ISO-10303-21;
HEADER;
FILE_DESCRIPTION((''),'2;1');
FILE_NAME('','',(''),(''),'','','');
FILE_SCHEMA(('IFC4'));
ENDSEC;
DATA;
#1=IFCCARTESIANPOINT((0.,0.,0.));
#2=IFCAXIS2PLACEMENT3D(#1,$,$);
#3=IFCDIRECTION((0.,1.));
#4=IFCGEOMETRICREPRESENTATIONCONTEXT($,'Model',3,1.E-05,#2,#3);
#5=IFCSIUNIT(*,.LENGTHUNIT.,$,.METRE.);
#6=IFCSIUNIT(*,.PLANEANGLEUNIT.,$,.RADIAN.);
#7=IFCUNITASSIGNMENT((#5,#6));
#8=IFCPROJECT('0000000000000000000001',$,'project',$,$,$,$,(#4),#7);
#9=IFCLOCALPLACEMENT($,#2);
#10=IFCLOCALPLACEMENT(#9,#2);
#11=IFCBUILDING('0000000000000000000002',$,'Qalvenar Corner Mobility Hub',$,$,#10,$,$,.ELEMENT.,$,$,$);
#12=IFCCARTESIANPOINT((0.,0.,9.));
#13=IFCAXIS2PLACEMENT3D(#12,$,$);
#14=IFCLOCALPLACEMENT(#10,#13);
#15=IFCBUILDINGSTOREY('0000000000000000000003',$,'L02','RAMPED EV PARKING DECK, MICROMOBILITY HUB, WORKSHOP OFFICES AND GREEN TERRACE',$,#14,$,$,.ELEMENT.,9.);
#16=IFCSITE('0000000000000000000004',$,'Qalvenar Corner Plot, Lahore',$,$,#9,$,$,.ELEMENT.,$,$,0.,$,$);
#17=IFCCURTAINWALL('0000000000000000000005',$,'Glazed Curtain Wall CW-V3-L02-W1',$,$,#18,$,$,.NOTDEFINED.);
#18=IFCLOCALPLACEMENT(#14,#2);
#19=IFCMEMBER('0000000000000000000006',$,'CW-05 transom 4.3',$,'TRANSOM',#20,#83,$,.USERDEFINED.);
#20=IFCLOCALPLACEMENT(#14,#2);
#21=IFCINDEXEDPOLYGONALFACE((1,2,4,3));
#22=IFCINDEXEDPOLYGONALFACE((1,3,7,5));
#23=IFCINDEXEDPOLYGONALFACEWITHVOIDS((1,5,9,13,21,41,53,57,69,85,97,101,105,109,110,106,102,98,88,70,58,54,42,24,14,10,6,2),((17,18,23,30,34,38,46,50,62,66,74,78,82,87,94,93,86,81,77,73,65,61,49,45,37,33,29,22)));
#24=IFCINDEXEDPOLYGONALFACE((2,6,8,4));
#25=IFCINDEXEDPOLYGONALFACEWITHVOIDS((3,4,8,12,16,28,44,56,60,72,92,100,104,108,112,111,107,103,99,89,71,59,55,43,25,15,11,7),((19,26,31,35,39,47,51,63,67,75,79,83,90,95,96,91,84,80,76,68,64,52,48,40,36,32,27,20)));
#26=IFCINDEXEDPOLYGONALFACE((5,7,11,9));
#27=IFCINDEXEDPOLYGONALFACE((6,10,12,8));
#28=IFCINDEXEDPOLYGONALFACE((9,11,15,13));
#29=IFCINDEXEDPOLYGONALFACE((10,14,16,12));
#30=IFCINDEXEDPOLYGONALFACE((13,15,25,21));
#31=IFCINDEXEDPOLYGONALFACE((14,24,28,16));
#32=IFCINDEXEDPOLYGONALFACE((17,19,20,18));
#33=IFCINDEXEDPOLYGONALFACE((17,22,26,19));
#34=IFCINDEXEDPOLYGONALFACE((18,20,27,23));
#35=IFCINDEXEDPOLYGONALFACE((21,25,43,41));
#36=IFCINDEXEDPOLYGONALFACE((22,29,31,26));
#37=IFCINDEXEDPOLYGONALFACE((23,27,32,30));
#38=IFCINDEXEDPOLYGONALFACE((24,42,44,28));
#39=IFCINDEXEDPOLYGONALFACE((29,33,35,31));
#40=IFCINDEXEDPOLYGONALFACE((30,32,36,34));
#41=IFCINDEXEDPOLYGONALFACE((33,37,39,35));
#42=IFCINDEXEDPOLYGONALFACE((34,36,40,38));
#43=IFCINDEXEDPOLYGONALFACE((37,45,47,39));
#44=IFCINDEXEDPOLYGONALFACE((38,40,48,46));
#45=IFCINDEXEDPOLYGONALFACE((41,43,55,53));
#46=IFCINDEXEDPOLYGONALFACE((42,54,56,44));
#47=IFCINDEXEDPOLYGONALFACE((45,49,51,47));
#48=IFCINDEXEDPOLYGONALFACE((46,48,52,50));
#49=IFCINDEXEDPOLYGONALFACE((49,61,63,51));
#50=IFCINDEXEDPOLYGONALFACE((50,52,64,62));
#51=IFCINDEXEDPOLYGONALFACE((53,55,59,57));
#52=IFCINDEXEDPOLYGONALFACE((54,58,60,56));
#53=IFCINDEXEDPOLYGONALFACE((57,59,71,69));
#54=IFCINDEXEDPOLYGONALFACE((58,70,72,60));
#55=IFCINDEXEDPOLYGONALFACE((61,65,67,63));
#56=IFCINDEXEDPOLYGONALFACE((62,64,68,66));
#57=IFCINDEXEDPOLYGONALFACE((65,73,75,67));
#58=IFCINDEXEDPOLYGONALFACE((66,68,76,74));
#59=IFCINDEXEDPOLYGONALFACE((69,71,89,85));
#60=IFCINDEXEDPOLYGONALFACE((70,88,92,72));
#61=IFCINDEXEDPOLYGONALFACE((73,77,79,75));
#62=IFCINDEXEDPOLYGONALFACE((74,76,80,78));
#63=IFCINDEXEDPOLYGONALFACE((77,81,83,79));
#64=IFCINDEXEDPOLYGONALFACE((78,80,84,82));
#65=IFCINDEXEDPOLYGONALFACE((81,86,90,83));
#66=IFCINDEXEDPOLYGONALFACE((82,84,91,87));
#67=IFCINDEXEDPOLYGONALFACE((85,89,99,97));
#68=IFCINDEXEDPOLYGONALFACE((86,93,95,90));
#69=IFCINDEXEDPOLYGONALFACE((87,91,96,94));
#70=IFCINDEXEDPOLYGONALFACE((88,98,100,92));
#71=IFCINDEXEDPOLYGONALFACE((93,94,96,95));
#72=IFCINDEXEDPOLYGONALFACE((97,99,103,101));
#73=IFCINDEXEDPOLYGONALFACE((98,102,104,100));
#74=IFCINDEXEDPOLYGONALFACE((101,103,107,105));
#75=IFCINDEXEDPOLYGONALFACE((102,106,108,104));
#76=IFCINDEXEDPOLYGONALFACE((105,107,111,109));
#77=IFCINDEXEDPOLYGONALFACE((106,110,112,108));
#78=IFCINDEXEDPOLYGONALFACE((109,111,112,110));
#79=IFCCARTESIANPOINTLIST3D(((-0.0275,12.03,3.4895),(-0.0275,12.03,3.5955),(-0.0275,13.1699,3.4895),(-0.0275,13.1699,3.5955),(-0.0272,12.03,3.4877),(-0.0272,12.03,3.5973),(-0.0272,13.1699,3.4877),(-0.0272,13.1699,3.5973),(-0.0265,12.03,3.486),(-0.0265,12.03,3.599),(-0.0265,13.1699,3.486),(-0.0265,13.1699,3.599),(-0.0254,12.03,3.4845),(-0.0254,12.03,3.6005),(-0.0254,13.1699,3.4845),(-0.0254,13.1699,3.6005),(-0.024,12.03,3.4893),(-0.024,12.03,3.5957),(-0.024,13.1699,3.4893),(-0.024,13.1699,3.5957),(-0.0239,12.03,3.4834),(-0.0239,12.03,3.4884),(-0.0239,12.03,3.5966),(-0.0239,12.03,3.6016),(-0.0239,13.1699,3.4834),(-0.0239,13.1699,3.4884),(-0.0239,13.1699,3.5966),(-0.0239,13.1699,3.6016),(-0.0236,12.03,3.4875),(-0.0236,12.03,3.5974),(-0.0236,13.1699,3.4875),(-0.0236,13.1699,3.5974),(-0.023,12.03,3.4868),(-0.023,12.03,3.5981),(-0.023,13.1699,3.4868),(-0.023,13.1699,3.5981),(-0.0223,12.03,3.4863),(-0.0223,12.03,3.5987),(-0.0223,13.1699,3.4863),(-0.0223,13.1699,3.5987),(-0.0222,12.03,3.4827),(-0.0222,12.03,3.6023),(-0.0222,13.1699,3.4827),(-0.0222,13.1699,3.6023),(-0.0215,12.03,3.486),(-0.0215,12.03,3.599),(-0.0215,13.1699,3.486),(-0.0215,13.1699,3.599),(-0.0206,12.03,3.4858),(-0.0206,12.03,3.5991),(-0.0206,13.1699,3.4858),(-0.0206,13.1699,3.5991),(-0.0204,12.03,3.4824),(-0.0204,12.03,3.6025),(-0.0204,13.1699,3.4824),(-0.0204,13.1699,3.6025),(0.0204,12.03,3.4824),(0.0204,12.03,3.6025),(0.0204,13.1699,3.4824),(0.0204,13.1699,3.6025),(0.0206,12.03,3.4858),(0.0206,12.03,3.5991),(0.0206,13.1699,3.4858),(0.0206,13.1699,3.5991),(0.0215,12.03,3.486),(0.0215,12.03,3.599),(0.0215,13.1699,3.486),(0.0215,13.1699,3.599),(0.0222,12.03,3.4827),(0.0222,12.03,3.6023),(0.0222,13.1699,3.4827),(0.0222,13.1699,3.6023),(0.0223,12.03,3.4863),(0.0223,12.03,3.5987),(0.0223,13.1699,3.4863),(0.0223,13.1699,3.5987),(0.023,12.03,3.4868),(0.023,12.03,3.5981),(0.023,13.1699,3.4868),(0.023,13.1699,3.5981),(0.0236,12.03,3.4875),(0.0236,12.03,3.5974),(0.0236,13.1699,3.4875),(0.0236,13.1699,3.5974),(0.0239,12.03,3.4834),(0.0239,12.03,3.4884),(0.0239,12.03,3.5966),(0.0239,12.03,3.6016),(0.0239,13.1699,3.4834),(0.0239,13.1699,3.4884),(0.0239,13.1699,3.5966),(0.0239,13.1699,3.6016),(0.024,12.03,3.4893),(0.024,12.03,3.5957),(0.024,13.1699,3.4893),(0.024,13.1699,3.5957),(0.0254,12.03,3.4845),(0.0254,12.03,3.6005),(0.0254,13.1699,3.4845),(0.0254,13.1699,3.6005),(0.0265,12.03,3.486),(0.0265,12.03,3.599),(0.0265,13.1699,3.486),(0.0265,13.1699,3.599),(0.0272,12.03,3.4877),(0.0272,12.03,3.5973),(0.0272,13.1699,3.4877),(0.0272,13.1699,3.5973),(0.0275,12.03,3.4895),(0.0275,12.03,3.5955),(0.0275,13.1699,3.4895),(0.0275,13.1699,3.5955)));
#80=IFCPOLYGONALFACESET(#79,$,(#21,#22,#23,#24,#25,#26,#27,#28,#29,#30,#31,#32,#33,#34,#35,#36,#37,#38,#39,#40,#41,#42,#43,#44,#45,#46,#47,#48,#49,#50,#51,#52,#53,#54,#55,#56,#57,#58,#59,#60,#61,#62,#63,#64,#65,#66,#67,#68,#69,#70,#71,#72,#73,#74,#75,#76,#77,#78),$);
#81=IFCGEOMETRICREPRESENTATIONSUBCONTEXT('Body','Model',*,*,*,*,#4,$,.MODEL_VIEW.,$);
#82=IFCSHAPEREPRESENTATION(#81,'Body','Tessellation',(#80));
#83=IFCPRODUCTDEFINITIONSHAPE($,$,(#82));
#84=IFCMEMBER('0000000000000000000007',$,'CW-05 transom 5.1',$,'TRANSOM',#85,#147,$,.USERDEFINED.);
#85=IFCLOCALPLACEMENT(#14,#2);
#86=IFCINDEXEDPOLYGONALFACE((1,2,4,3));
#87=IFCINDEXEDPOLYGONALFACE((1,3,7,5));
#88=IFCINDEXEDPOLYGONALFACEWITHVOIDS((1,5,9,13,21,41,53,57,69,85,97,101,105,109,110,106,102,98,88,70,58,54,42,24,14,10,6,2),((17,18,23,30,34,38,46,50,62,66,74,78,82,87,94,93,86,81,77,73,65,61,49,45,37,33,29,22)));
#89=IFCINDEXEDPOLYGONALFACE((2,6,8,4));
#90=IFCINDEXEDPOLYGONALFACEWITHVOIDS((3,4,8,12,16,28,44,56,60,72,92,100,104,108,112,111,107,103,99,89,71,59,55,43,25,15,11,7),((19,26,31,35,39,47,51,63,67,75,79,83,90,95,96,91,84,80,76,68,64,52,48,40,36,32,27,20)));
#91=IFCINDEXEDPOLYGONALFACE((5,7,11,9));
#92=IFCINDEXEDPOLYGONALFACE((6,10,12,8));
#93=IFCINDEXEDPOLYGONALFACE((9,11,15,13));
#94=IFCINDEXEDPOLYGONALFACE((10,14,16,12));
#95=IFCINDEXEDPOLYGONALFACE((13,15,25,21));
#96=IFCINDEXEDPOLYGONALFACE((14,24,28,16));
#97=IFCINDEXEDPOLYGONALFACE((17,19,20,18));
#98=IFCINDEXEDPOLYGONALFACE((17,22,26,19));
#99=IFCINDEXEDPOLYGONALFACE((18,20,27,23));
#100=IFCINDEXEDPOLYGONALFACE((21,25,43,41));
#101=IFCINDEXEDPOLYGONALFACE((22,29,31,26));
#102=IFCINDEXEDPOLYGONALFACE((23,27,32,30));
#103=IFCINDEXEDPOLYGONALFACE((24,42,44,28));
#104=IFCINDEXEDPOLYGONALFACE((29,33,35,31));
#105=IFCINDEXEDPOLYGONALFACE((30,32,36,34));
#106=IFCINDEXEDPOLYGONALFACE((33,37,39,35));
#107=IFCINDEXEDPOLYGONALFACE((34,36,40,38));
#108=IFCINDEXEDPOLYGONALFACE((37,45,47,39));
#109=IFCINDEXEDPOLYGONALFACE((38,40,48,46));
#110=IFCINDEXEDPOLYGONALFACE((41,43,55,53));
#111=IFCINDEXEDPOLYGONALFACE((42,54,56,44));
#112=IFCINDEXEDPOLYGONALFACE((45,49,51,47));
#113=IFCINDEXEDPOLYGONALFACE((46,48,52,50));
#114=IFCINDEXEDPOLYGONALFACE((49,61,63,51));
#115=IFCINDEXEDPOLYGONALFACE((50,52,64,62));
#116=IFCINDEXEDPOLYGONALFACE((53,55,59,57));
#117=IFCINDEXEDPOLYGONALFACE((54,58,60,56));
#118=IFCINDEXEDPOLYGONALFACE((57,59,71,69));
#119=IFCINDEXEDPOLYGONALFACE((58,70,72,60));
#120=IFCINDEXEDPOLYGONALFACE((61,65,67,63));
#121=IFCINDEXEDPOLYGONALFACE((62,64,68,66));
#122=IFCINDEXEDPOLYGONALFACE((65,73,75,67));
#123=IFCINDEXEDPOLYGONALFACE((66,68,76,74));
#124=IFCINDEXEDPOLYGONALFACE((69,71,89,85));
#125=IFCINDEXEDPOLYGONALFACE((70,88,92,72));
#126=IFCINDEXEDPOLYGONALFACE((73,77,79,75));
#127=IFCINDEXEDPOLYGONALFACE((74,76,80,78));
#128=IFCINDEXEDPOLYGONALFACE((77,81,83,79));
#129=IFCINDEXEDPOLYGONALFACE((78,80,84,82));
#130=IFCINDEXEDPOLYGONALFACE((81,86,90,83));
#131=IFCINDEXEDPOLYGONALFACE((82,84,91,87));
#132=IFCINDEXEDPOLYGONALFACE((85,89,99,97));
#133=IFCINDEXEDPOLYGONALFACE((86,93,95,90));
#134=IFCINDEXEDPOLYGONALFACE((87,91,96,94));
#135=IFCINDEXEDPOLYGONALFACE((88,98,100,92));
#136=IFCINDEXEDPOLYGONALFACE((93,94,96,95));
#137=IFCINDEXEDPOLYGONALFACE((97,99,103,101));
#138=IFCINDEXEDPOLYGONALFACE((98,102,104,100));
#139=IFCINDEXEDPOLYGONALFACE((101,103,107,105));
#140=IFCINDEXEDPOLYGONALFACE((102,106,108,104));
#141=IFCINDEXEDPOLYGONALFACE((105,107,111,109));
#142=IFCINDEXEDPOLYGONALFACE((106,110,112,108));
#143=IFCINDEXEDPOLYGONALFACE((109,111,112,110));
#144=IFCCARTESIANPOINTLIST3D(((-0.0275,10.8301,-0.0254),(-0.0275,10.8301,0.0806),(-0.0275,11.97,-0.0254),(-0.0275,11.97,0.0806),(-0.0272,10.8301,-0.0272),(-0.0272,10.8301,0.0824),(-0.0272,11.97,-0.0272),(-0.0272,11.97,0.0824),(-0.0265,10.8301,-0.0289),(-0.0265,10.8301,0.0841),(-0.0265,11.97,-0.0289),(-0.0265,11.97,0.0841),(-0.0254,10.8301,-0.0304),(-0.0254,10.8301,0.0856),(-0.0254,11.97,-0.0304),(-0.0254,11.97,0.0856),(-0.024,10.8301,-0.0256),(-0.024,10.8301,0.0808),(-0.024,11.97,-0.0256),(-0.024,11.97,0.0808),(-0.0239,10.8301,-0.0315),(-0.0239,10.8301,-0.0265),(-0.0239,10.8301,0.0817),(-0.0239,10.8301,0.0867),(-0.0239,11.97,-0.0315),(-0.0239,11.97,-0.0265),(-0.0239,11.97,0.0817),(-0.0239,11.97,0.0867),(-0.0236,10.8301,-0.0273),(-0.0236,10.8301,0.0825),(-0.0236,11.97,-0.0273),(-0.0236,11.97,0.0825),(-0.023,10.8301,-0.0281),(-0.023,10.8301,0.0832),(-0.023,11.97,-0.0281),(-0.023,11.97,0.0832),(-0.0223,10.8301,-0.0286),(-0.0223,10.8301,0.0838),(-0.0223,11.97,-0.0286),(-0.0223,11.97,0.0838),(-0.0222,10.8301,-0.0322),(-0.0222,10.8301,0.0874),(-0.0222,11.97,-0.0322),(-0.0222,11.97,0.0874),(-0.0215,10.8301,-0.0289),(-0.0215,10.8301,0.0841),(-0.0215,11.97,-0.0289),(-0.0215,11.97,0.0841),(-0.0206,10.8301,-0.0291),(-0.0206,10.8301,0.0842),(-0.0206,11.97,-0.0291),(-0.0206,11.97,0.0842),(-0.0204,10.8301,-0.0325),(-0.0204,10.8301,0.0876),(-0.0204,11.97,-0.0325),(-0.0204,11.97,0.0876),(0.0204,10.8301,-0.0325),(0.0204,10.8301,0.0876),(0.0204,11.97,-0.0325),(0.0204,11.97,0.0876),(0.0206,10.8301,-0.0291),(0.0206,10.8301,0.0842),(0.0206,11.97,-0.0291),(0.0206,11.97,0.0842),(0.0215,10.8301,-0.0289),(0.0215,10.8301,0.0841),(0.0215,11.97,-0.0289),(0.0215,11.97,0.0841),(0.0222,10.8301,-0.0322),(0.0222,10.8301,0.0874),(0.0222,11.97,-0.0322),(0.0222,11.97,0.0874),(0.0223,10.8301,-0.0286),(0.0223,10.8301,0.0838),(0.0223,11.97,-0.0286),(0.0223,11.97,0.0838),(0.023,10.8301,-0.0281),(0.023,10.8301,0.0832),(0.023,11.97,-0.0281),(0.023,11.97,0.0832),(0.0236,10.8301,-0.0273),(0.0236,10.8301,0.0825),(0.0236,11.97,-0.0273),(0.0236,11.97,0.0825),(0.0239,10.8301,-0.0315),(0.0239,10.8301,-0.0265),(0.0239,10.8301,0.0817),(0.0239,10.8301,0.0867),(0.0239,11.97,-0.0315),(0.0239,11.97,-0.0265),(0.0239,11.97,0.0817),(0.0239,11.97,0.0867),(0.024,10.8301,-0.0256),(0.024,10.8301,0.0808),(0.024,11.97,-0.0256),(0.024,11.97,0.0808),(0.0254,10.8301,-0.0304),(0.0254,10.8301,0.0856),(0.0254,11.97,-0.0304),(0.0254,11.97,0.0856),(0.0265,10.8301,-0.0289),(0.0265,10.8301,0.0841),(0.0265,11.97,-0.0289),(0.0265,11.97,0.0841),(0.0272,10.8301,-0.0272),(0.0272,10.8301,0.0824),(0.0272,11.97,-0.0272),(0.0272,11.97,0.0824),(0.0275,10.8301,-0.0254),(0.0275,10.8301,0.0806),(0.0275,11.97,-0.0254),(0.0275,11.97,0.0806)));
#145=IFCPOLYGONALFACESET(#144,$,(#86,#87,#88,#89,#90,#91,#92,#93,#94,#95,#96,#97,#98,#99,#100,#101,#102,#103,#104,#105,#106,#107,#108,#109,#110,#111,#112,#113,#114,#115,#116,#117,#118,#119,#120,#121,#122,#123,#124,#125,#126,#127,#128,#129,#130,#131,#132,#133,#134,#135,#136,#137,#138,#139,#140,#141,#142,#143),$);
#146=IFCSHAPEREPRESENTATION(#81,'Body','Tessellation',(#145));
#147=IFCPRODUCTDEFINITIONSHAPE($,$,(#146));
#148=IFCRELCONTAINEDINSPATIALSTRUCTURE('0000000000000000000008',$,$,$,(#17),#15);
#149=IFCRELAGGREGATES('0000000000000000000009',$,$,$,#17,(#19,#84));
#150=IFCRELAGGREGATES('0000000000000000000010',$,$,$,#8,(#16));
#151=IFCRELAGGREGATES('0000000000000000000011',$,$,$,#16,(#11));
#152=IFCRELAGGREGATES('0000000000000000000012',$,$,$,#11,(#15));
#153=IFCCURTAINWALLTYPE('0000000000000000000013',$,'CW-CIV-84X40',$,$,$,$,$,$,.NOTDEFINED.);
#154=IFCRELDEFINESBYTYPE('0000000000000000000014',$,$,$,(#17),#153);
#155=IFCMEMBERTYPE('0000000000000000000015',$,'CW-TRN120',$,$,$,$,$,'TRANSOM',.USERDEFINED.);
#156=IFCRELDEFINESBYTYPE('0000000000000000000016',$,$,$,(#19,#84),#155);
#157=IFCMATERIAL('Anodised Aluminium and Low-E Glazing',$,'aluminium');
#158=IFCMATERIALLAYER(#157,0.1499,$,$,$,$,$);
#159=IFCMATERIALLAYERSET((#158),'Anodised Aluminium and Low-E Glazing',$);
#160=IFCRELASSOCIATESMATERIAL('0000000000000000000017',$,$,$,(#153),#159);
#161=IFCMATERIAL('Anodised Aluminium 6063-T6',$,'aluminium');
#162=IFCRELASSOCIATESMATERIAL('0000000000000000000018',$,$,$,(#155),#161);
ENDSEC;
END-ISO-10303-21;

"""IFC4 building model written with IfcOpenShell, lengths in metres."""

from ifc_helpers import new_model, si_unit, direction, frame, origin, origin_2d, place, context, subcontext, project, spatial, hollow_rectangle, extrude, material, layer, layer_set, material_profile, profile_set, type_object, element, aggregate, save


model = new_model("IFC4")

# Units and contexts
model_context = context("Model", 3, precision=1e-05, world=origin(), true_north=direction((0.0, 1.0)))
body_context = subcontext(model_context, "Body", "Model", "MODEL_VIEW")
ifc_project = project(units=[si_unit("LENGTHUNIT", "METRE"), si_unit("PLANEANGLEUNIT", "RADIAN")], contexts=[model_context])

# Site, building, storey
site_placement = place(None, origin())
site = spatial("IfcSite", under=ifc_project, at=site_placement, Name="Qalvenar Corner Plot, Lahore", CompositionType="ELEMENT", RefElevation=0.0)
building_placement = place(site_placement, origin())
building = spatial("IfcBuilding", under=site, at=building_placement, Name="Qalvenar Corner Mobility Hub", CompositionType="ELEMENT")
storey_placement = place(building_placement, frame((0.0, 0.0, 9.0)))
storey = spatial("IfcBuildingStorey", under=building, at=storey_placement, Name="L02", Description="RAMPED EV PARKING DECK, MICROMOBILITY HUB, WORKSHOP OFFICES AND GREEN TERRACE", CompositionType="ELEMENT", Elevation=9.0)

# Curtain wall, members
ifc_material_1 = material(Name="Anodised Aluminium and Low-E Glazing", Category="aluminium")
ifc_layer_1 = layer(ifc_material_1, 0.1499)
ifc_layer_set_1 = layer_set([ifc_layer_1], Name="Anodised Aluminium and Low-E Glazing")
curtain_wall_type = type_object("IfcCurtainWallType", Name="CW-CIV-84X40", PredefinedType="NOTDEFINED", material=ifc_layer_set_1)
curtain_wall_placement = place(storey_placement, origin())
curtain_wall = element("IfcCurtainWall", 1, at=curtain_wall_placement, inside=storey, type_object=curtain_wall_type, Name="Glazed Curtain Wall CW-V3-L02-W1", PredefinedType="NOTDEFINED")
ifc_material_2 = material(Name="Anodised Aluminium 6063-T6", Category="aluminium")
ifc_material_profile_1 = material_profile(ifc_material_2, hollow_rectangle(XDim=0.0549, YDim=0.1201, WallThickness=0.0034, InnerFilletRadius=0.0034, OuterFilletRadius=0.0071, at=origin_2d()), Name="RHS120x55x3.5")
ifc_profile_set_1 = profile_set([ifc_material_profile_1], Name="Anodised Aluminium 6063-T6")
member_type_1 = type_object("IfcMemberType", Name="CW-TRN120", ElementType="TRANSOM", PredefinedType="USERDEFINED", material=ifc_profile_set_1)
member_1_placement = place(storey_placement, frame((0.0, 13.1699, 3.5425), z_axis=(0.0, -1.0, 0.0), x_axis=(1.0, 0.0, 0.0)))
member_1 = element("IfcMember", 2, at=member_1_placement, type_object=member_type_1, Name="CW-05 transom 4.3", ObjectType="TRANSOM", PredefinedType="USERDEFINED", context=body_context, shape_type="SweptSolid", body=[
    extrude(hollow_rectangle(XDim=0.0549, YDim=0.1201, WallThickness=0.0034, InnerFilletRadius=0.0034, OuterFilletRadius=0.0071, at=origin_2d()), origin(), (0.0, 0.0, 1.0), 1.1399),
])
member_2_placement = place(storey_placement, frame((0.0, 11.97, 0.0276), z_axis=(0.0, -1.0, 0.0), x_axis=(1.0, 0.0, 0.0)))
member_2 = element("IfcMember", 3, at=member_2_placement, type_object=member_type_1, Name="CW-05 transom 5.1", ObjectType="TRANSOM", PredefinedType="USERDEFINED", context=body_context, shape_type="SweptSolid", body=[
    extrude(hollow_rectangle(XDim=0.0549, YDim=0.1201, WallThickness=0.0034, InnerFilletRadius=0.0034, OuterFilletRadius=0.0071, at=origin_2d()), origin(), (0.0, 0.0, 1.0), 1.1399),
])
aggregate(curtain_wall, [member_1, member_2])

save(model, "model.ifc")
